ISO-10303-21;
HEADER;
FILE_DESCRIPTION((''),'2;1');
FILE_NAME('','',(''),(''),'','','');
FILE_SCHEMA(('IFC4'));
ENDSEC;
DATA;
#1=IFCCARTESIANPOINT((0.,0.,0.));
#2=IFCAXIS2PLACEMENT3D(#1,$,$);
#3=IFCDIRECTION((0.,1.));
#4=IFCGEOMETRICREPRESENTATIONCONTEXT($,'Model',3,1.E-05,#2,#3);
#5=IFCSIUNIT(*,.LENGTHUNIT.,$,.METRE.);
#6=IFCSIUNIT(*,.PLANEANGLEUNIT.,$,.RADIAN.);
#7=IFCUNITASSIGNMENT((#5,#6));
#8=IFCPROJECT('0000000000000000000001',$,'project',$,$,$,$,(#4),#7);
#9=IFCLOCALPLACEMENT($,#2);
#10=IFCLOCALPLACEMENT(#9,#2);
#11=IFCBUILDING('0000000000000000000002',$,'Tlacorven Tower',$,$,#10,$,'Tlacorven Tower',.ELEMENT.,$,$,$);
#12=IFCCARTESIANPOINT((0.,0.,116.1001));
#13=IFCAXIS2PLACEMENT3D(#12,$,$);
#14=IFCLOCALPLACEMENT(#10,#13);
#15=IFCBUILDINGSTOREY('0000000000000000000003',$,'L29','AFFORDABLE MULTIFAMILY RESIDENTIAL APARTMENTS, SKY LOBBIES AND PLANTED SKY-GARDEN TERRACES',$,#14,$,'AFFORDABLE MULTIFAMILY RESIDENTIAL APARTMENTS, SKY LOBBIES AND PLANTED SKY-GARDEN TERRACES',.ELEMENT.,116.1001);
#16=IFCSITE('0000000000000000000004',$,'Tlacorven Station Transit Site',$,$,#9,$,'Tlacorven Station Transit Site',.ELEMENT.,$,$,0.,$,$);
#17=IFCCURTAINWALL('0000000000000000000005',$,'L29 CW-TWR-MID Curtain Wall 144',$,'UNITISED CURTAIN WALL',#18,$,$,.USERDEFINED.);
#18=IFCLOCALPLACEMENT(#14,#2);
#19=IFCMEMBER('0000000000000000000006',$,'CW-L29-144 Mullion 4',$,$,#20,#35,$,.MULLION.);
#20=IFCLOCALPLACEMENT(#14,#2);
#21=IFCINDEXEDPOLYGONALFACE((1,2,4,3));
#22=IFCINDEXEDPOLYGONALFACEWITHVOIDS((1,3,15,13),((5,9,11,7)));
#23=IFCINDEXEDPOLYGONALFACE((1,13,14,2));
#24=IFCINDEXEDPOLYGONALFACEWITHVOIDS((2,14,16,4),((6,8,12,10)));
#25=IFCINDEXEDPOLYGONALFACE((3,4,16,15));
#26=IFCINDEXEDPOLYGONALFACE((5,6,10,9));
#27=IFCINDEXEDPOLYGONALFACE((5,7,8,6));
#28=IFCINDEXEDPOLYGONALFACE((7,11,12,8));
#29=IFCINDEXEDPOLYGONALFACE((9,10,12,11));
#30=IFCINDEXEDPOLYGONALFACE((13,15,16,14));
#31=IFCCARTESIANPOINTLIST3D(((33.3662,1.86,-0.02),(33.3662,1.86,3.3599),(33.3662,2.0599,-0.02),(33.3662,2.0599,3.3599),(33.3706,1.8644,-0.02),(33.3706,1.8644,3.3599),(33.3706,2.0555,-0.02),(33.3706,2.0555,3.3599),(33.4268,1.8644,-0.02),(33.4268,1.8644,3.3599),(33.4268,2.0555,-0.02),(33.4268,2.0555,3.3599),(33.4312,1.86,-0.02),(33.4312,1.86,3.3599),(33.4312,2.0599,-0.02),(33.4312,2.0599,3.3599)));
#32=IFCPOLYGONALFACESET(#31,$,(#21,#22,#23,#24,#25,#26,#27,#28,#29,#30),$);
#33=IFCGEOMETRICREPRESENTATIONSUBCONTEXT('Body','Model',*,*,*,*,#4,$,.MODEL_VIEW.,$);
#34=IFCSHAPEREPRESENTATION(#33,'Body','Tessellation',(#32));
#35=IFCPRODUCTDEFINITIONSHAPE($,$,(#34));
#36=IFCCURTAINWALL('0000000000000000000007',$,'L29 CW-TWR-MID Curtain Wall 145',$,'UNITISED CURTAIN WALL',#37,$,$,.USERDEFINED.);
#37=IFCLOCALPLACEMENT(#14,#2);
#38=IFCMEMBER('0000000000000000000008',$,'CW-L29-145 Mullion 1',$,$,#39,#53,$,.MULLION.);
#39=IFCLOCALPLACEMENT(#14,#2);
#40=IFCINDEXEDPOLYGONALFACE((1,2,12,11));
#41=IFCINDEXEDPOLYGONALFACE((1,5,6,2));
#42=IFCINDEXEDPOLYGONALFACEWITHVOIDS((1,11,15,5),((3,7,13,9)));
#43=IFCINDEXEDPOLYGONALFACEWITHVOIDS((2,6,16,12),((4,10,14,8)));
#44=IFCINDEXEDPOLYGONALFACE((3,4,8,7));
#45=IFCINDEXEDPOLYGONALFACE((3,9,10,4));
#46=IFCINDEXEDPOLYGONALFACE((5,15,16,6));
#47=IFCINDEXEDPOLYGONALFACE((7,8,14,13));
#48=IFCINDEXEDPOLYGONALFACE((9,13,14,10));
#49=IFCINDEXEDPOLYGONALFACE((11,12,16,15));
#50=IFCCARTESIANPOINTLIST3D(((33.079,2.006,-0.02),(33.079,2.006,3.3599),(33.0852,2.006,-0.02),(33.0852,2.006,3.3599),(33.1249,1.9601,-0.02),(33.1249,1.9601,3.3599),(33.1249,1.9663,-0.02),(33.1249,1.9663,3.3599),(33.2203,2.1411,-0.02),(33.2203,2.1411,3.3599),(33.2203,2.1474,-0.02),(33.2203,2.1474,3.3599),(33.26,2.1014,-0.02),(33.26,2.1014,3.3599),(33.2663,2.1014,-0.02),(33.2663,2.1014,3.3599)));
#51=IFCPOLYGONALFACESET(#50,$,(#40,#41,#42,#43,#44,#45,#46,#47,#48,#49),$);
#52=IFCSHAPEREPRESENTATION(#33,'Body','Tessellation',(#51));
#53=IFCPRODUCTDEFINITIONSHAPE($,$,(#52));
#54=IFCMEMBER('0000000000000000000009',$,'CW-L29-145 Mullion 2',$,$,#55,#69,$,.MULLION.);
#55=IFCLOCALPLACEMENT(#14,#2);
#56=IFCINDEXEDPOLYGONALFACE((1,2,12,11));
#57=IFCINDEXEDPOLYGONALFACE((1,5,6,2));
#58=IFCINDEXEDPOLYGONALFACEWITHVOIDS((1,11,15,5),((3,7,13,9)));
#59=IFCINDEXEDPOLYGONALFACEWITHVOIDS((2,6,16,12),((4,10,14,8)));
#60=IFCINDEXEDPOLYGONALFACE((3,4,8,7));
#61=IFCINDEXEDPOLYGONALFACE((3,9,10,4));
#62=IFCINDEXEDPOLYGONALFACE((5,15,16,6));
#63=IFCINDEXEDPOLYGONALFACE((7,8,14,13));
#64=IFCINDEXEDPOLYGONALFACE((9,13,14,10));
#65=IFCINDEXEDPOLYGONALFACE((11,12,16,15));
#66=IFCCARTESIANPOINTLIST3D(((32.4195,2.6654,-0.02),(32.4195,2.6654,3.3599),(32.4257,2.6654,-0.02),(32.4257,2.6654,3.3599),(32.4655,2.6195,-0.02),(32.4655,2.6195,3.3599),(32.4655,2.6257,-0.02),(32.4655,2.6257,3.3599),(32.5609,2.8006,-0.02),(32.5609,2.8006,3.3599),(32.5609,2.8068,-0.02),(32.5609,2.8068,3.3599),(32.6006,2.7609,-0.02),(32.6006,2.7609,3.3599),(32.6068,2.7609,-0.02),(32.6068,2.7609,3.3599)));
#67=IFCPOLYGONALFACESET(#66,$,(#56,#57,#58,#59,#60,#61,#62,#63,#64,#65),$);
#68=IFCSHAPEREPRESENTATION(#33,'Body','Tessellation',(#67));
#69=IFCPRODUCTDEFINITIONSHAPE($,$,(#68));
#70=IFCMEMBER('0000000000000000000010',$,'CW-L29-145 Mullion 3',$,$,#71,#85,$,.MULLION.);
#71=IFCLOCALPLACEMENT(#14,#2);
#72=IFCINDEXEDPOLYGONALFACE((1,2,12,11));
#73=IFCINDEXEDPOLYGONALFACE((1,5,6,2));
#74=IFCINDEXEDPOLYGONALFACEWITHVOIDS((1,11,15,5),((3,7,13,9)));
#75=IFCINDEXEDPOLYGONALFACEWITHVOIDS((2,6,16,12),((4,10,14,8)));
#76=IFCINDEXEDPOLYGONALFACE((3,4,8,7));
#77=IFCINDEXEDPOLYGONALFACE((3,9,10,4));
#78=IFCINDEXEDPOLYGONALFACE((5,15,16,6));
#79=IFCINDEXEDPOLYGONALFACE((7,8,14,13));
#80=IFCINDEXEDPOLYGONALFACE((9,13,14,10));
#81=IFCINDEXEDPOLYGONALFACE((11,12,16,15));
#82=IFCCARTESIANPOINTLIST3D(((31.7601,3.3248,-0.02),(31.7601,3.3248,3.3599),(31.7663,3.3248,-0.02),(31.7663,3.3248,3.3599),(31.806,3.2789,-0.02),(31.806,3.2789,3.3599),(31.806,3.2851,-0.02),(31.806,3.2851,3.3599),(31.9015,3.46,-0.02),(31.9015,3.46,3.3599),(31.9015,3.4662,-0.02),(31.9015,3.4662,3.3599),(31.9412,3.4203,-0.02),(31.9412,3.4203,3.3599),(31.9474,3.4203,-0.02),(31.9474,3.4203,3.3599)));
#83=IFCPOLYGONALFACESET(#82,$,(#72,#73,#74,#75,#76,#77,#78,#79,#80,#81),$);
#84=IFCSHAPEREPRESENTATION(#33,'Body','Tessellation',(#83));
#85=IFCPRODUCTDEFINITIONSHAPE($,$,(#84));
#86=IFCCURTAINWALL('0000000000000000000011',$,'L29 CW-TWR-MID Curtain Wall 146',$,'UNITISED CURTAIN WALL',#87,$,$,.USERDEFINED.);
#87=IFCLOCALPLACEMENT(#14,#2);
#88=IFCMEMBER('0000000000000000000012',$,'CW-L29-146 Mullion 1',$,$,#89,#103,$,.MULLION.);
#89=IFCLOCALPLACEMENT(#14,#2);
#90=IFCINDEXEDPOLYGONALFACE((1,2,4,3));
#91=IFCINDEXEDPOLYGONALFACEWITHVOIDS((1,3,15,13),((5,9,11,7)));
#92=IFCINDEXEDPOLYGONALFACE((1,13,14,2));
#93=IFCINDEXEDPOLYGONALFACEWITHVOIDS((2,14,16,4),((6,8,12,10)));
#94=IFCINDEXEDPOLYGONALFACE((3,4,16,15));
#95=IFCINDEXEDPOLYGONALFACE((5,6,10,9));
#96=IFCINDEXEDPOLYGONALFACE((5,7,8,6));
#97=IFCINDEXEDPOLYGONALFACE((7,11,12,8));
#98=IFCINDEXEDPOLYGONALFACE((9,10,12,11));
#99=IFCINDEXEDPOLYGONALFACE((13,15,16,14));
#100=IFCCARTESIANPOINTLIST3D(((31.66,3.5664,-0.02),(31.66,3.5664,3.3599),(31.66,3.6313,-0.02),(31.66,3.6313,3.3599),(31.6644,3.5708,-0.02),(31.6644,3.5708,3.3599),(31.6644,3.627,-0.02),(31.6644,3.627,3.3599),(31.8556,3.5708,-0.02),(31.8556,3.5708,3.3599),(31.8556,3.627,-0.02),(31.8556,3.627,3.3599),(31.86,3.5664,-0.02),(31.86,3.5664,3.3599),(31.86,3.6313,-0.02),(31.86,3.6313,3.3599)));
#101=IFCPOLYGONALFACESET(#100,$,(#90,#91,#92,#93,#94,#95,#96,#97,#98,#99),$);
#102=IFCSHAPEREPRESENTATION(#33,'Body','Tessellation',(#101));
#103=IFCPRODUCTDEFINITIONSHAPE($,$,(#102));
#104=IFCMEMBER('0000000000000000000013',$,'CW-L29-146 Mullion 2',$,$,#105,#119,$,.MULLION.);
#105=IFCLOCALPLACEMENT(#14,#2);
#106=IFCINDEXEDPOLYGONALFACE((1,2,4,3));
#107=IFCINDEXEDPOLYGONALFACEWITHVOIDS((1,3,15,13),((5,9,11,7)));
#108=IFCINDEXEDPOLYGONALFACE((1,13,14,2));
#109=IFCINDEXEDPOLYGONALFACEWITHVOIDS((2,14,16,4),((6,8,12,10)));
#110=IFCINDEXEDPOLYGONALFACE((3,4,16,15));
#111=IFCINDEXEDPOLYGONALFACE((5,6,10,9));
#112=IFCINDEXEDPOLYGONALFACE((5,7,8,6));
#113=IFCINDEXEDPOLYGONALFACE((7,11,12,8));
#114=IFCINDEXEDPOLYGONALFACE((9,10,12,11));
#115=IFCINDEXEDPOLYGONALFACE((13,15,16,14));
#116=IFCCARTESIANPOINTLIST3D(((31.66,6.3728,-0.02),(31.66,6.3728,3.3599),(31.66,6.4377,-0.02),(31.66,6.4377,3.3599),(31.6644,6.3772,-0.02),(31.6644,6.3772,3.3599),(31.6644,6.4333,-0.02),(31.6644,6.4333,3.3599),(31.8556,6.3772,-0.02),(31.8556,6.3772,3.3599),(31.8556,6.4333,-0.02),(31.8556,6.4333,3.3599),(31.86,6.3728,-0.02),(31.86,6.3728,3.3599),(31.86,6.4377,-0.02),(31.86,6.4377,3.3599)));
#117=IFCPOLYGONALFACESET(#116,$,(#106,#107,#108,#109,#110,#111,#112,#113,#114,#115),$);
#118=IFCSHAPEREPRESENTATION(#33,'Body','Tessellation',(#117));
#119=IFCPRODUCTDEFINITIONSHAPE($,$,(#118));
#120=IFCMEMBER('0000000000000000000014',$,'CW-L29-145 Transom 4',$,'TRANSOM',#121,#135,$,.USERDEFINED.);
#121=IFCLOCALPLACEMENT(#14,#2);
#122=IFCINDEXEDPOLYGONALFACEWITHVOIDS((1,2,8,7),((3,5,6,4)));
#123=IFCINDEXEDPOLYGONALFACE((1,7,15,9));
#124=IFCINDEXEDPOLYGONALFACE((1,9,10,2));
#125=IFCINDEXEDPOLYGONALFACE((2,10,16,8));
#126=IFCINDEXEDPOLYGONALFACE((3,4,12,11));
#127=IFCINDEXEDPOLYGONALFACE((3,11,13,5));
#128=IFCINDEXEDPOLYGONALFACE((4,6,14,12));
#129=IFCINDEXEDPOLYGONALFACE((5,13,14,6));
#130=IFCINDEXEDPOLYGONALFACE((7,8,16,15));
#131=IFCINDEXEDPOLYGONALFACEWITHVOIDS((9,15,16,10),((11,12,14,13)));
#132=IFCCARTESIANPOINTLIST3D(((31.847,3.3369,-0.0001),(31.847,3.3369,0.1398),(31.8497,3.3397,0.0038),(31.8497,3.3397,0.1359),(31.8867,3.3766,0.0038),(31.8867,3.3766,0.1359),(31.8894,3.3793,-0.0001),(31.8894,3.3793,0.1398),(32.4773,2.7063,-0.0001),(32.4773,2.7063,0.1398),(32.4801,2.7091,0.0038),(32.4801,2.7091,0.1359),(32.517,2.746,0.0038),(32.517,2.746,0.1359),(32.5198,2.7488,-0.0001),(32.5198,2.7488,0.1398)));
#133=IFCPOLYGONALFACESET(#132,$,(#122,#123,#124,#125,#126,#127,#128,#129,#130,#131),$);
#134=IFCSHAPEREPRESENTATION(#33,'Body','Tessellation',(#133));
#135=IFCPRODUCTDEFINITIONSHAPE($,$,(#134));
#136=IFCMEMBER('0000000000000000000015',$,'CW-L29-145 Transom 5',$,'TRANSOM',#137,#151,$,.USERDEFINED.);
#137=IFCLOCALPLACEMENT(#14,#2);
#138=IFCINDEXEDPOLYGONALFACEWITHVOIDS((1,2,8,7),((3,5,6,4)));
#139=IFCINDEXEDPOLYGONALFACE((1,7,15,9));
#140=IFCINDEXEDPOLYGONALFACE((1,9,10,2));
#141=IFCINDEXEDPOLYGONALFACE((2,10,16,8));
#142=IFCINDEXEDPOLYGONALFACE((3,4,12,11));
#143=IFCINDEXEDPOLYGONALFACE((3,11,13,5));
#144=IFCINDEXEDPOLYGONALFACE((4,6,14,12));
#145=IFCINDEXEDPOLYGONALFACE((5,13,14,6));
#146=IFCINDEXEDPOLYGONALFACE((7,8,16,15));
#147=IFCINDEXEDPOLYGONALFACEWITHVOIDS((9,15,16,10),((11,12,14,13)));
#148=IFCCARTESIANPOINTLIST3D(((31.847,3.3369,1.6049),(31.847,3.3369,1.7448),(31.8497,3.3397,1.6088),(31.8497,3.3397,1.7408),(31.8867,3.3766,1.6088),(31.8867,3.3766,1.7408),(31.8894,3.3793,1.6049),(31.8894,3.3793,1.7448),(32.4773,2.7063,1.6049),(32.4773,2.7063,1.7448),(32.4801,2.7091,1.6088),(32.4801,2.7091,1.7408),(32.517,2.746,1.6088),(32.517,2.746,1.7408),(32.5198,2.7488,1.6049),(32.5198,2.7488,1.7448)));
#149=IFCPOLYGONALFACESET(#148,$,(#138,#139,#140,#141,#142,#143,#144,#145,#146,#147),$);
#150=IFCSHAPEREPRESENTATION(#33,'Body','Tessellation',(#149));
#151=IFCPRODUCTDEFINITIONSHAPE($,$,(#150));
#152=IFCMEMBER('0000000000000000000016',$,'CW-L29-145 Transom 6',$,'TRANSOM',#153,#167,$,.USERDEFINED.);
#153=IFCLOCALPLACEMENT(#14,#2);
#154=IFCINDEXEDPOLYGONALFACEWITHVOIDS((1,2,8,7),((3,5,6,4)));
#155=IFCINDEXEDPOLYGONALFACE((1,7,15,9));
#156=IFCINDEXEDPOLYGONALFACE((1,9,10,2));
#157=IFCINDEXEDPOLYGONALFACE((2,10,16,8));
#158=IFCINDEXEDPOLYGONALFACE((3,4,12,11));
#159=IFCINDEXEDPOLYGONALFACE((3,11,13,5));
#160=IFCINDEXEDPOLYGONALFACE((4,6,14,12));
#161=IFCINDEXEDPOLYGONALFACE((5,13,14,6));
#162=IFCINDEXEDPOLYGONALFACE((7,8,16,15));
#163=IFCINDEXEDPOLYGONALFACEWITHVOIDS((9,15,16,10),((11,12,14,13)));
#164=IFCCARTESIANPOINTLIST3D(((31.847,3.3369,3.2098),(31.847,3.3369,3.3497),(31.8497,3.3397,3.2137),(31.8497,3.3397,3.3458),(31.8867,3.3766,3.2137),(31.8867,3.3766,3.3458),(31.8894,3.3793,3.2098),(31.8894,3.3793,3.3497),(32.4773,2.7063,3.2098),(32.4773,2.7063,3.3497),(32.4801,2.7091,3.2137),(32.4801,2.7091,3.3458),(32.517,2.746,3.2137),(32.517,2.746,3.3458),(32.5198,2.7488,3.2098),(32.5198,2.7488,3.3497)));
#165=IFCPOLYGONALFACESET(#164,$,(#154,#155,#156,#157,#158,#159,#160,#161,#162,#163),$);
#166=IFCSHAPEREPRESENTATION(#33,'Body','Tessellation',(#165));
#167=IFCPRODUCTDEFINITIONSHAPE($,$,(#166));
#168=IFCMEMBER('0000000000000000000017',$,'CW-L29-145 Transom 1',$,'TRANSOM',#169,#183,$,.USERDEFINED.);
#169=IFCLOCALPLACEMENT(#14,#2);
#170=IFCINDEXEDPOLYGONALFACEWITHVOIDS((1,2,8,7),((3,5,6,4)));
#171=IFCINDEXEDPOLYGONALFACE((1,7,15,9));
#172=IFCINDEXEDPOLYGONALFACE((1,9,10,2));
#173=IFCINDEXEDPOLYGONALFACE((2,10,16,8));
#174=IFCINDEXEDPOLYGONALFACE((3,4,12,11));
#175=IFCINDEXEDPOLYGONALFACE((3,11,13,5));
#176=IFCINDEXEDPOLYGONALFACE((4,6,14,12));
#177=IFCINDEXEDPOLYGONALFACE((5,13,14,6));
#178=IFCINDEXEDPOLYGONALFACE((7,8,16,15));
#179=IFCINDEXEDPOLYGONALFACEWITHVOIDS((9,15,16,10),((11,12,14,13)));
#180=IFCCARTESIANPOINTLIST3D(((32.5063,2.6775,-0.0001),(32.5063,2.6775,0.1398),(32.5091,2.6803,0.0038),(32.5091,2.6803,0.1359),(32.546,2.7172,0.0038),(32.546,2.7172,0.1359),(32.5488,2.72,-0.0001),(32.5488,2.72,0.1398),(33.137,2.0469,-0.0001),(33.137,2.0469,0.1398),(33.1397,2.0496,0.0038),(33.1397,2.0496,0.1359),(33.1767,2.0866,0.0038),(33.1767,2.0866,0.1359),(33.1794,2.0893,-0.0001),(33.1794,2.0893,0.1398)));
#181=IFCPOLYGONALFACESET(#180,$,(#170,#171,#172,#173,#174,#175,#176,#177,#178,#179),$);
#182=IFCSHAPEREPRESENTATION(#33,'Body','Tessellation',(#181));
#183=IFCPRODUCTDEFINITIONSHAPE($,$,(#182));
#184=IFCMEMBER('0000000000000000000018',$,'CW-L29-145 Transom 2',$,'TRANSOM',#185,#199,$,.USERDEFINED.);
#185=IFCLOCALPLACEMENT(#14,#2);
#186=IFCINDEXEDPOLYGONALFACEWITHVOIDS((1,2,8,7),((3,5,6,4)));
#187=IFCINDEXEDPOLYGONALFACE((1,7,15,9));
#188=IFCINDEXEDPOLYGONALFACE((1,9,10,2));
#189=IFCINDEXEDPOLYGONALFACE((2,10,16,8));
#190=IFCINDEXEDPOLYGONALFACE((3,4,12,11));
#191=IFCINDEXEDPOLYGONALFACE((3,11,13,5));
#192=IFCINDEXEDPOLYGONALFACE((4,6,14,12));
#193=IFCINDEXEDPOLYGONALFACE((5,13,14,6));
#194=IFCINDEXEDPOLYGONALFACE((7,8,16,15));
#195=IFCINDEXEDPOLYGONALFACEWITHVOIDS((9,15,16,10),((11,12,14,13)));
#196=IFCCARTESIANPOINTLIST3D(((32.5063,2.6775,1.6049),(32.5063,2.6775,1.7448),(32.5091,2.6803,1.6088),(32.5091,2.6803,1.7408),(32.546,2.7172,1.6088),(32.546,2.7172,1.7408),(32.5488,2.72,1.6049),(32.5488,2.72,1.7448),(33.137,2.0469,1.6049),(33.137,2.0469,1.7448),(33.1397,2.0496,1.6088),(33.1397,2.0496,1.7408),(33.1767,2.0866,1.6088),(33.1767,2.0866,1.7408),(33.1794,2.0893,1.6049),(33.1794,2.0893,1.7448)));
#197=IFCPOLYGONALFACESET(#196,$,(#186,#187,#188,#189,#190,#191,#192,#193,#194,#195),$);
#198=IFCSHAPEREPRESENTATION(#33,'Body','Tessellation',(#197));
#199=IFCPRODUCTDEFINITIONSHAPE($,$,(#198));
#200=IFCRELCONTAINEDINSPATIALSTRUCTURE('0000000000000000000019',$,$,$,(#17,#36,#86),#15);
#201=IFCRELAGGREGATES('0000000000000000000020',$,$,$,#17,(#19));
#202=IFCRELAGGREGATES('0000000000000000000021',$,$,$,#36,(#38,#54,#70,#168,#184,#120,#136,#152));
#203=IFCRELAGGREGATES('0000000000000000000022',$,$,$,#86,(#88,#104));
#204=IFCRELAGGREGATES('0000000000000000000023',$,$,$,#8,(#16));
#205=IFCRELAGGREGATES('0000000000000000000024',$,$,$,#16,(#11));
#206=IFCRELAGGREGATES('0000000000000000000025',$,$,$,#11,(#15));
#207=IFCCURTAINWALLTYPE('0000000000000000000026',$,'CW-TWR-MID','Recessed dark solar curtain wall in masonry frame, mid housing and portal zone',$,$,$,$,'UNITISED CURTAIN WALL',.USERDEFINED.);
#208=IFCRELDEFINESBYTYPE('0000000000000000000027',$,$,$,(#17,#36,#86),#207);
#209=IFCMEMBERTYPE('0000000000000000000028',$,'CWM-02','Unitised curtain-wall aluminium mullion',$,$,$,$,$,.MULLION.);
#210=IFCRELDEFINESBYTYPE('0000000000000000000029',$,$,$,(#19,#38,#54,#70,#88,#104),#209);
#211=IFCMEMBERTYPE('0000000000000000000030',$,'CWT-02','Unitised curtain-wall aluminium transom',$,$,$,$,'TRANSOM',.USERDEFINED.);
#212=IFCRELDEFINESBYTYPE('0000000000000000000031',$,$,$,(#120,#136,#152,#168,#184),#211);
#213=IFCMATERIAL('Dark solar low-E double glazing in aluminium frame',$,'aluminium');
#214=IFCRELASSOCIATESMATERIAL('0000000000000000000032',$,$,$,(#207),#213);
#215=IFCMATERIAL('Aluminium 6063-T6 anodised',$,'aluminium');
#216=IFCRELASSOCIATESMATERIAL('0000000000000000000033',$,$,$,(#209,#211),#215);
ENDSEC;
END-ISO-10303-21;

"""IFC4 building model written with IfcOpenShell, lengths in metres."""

from ifc_helpers import new_model, si_unit, direction, frame, origin, origin_2d, place, context, subcontext, project, spatial, hollow_rectangle, extrude, source, transform, mapped, material, material_profile, profile_set, type_object, element, aggregate, save


model = new_model("IFC4")

# Units and contexts
model_context = context("Model", 3, precision=1e-05, world=origin(), true_north=direction((0.0, 1.0)))
body_context = subcontext(model_context, "Body", "Model", "MODEL_VIEW")
ifc_project = project(units=[si_unit("LENGTHUNIT", "METRE"), si_unit("PLANEANGLEUNIT", "RADIAN")], contexts=[model_context])

# Site, building, storey
site_placement = place(None, origin())
site = spatial("IfcSite", under=ifc_project, at=site_placement, Name="Tlacorven Station Transit Site", LongName="Tlacorven Station Transit Site", CompositionType="ELEMENT", RefElevation=0.0)
building_placement = place(site_placement, origin())
building = spatial("IfcBuilding", under=site, at=building_placement, Name="Tlacorven Tower", LongName="Tlacorven Tower", CompositionType="ELEMENT")
storey_placement = place(building_placement, frame((0.0, 0.0, 116.1001)))
storey = spatial("IfcBuildingStorey", under=building, at=storey_placement, Name="L29", Description="AFFORDABLE MULTIFAMILY RESIDENTIAL APARTMENTS, SKY LOBBIES AND PLANTED SKY-GARDEN TERRACES", LongName="AFFORDABLE MULTIFAMILY RESIDENTIAL APARTMENTS, SKY LOBBIES AND PLANTED SKY-GARDEN TERRACES", CompositionType="ELEMENT", Elevation=116.1001)

# Curtain wall, member
ifc_material_1 = material(Name="Dark solar low-E double glazing in aluminium frame", Category="aluminium")
curtain_wall_type = type_object("IfcCurtainWallType", Name="CW-TWR-MID", Description="Recessed dark solar curtain wall in masonry frame, mid housing and portal zone", ElementType="UNITISED CURTAIN WALL", PredefinedType="USERDEFINED", material=ifc_material_1)
curtain_wall_1_placement = place(storey_placement, origin())
curtain_wall_1 = element("IfcCurtainWall", 1, at=curtain_wall_1_placement, inside=storey, type_object=curtain_wall_type, Name="L29 CW-TWR-MID Curtain Wall 144", ObjectType="UNITISED CURTAIN WALL", PredefinedType="USERDEFINED")
ifc_material_2 = material(Name="Aluminium 6063-T6 anodised", Category="aluminium")
ifc_material_profile_1 = material_profile(ifc_material_2, hollow_rectangle(XDim=0.0649, YDim=0.2, WallThickness=0.0044, at=origin_2d()), Name="ALU MULLION 65X200")
ifc_profile_set_1 = profile_set([ifc_material_profile_1], Name="Aluminium 6063-T6 anodised")
member_type_1 = type_object("IfcMemberType", Name="CWM-02", Description="Unitised curtain-wall aluminium mullion", PredefinedType="MULLION", material=ifc_profile_set_1)
shared_shape_1 = source(origin(), body_context, "Body", "SweptSolid", [
    extrude(hollow_rectangle(XDim=0.0649, YDim=0.2, WallThickness=0.0044, at=origin_2d()), origin(), (0.0, 0.0, 1.0), 3.3799),
])
member_1_placement = place(storey_placement, frame((33.3987, 1.96, -0.02), z_axis=(0.0, 0.0, 1.0), x_axis=(-1.0, 0.0, 0.0)))
member_1 = element("IfcMember", 2, at=member_1_placement, type_object=member_type_1, Name="CW-L29-144 Mullion 4", PredefinedType="MULLION", context=body_context, shape_type="MappedRepresentation", body=[
    mapped(shared_shape_1, transform((0.0, 0.0, 0.0), scale=1.0)),
])
aggregate(curtain_wall_1, [member_1])

# Curtain walls, members
curtain_wall_2_placement = place(storey_placement, origin())
curtain_wall_2 = element("IfcCurtainWall", 3, at=curtain_wall_2_placement, inside=storey, type_object=curtain_wall_type, Name="L29 CW-TWR-MID Curtain Wall 145", ObjectType="UNITISED CURTAIN WALL", PredefinedType="USERDEFINED")
member_2_placement = place(storey_placement, frame((33.1726, 2.0537, -0.02), z_axis=(0.0, 0.0, 1.0), x_axis=(-0.707107, 0.707107, 0.0)))
member_2 = element("IfcMember", 4, at=member_2_placement, type_object=member_type_1, Name="CW-L29-145 Mullion 1", PredefinedType="MULLION", context=body_context, shape_type="MappedRepresentation", body=[
    mapped(shared_shape_1, transform((0.0, 0.0, 0.0), scale=1.0)),
])
member_3_placement = place(storey_placement, frame((32.5132, 2.7131, -0.02), z_axis=(0.0, 0.0, 1.0), x_axis=(-0.707107, 0.707107, 0.0)))
member_3 = element("IfcMember", 5, at=member_3_placement, type_object=member_type_1, Name="CW-L29-145 Mullion 2", PredefinedType="MULLION", context=body_context, shape_type="MappedRepresentation", body=[
    mapped(shared_shape_1, transform((0.0, 0.0, 0.0), scale=1.0)),
])
member_4_placement = place(storey_placement, frame((31.8538, 3.3726, -0.02), z_axis=(0.0, 0.0, 1.0), x_axis=(-0.707107, 0.707107, 0.0)))
member_4 = element("IfcMember", 6, at=member_4_placement, type_object=member_type_1, Name="CW-L29-145 Mullion 3", PredefinedType="MULLION", context=body_context, shape_type="MappedRepresentation", body=[
    mapped(shared_shape_1, transform((0.0, 0.0, 0.0), scale=1.0)),
])
curtain_wall_3_placement = place(storey_placement, origin())
curtain_wall_3 = element("IfcCurtainWall", 7, at=curtain_wall_3_placement, inside=storey, type_object=curtain_wall_type, Name="L29 CW-TWR-MID Curtain Wall 146", ObjectType="UNITISED CURTAIN WALL", PredefinedType="USERDEFINED")
member_5_placement = place(storey_placement, frame((31.76, 3.5989, -0.02), z_axis=(0.0, 0.0, 1.0), x_axis=(0.0, 1.0, 0.0)))
member_5 = element("IfcMember", 8, at=member_5_placement, type_object=member_type_1, Name="CW-L29-146 Mullion 1", PredefinedType="MULLION", context=body_context, shape_type="MappedRepresentation", body=[
    mapped(shared_shape_1, transform((0.0, 0.0, 0.0), scale=1.0)),
])
member_6_placement = place(storey_placement, frame((31.76, 6.4053, -0.02), z_axis=(0.0, 0.0, 1.0), x_axis=(0.0, 1.0, 0.0)))
member_6 = element("IfcMember", 9, at=member_6_placement, type_object=member_type_1, Name="CW-L29-146 Mullion 2", PredefinedType="MULLION", context=body_context, shape_type="MappedRepresentation", body=[
    mapped(shared_shape_1, transform((0.0, 0.0, 0.0), scale=1.0)),
])

# Members
ifc_material_profile_2 = material_profile(ifc_material_2, hollow_rectangle(XDim=0.0601, YDim=0.1399, WallThickness=0.0039, at=origin_2d()), Name="ALU TRANSOM 60X140")
ifc_profile_set_2 = profile_set([ifc_material_profile_2], Name="Aluminium 6063-T6 anodised")
member_type_2 = type_object("IfcMemberType", Name="CWT-02", Description="Unitised curtain-wall aluminium transom", ElementType="TRANSOM", PredefinedType="USERDEFINED", material=ifc_profile_set_2)
shared_shape_2 = source(origin(), body_context, "Body", "SweptSolid", [
    extrude(hollow_rectangle(XDim=0.0601, YDim=0.1399, WallThickness=0.0039, at=origin_2d()), origin(), (0.0, 0.0, 1.0), 0.8916),
])
member_7_placement = place(storey_placement, frame((32.4985, 2.7275, 0.0698), z_axis=(-0.70697, 0.707244, 0.0), x_axis=(-0.707244, -0.70697, 0.0)))
member_7 = element("IfcMember", 10, at=member_7_placement, type_object=member_type_2, Name="CW-L29-145 Transom 4", ObjectType="TRANSOM", PredefinedType="USERDEFINED", context=body_context, shape_type="MappedRepresentation", body=[
    mapped(shared_shape_2, transform((0.0, 0.0, 0.0), scale=1.0)),
])
member_8_placement = place(storey_placement, frame((32.4985, 2.7275, 1.6748), z_axis=(-0.70697, 0.707244, 0.0), x_axis=(-0.707244, -0.70697, 0.0)))
member_8 = element("IfcMember", 11, at=member_8_placement, type_object=member_type_2, Name="CW-L29-145 Transom 5", ObjectType="TRANSOM", PredefinedType="USERDEFINED", context=body_context, shape_type="MappedRepresentation", body=[
    mapped(shared_shape_2, transform((0.0, 0.0, 0.0), scale=1.0)),
])
member_9_placement = place(storey_placement, frame((32.4985, 2.7275, 3.2798), z_axis=(-0.70697, 0.707244, 0.0), x_axis=(-0.707244, -0.70697, 0.0)))
member_9 = element("IfcMember", 12, at=member_9_placement, type_object=member_type_2, Name="CW-L29-145 Transom 6", ObjectType="TRANSOM", PredefinedType="USERDEFINED", context=body_context, shape_type="MappedRepresentation", body=[
    mapped(shared_shape_2, transform((0.0, 0.0, 0.0), scale=1.0)),
])
shared_shape_3 = source(origin(), body_context, "Body", "SweptSolid", [
    extrude(hollow_rectangle(XDim=0.0601, YDim=0.1399, WallThickness=0.0039, at=origin_2d()), origin(), (0.0, 0.0, 1.0), 0.8918),
])
member_10_placement = place(storey_placement, frame((33.1582, 2.0681, 0.0698), z_axis=(-0.707107, 0.707107, 0.0), x_axis=(-0.707107, -0.707107, 0.0)))
member_10 = element("IfcMember", 13, at=member_10_placement, type_object=member_type_2, Name="CW-L29-145 Transom 1", ObjectType="TRANSOM", PredefinedType="USERDEFINED", context=body_context, shape_type="MappedRepresentation", body=[
    mapped(shared_shape_3, transform((0.0, 0.0, 0.0), scale=1.0)),
])
member_11_placement = place(storey_placement, frame((33.1582, 2.0681, 1.6748), z_axis=(-0.707107, 0.707107, 0.0), x_axis=(-0.707107, -0.707107, 0.0)))
member_11 = element("IfcMember", 14, at=member_11_placement, type_object=member_type_2, Name="CW-L29-145 Transom 2", ObjectType="TRANSOM", PredefinedType="USERDEFINED", context=body_context, shape_type="MappedRepresentation", body=[
    mapped(shared_shape_3, transform((0.0, 0.0, 0.0), scale=1.0)),
])

aggregate(curtain_wall_2, [member_2, member_3, member_4, member_10, member_11, member_7, member_8, member_9])
aggregate(curtain_wall_3, [member_5, member_6])

save(model, "model.ifc")
